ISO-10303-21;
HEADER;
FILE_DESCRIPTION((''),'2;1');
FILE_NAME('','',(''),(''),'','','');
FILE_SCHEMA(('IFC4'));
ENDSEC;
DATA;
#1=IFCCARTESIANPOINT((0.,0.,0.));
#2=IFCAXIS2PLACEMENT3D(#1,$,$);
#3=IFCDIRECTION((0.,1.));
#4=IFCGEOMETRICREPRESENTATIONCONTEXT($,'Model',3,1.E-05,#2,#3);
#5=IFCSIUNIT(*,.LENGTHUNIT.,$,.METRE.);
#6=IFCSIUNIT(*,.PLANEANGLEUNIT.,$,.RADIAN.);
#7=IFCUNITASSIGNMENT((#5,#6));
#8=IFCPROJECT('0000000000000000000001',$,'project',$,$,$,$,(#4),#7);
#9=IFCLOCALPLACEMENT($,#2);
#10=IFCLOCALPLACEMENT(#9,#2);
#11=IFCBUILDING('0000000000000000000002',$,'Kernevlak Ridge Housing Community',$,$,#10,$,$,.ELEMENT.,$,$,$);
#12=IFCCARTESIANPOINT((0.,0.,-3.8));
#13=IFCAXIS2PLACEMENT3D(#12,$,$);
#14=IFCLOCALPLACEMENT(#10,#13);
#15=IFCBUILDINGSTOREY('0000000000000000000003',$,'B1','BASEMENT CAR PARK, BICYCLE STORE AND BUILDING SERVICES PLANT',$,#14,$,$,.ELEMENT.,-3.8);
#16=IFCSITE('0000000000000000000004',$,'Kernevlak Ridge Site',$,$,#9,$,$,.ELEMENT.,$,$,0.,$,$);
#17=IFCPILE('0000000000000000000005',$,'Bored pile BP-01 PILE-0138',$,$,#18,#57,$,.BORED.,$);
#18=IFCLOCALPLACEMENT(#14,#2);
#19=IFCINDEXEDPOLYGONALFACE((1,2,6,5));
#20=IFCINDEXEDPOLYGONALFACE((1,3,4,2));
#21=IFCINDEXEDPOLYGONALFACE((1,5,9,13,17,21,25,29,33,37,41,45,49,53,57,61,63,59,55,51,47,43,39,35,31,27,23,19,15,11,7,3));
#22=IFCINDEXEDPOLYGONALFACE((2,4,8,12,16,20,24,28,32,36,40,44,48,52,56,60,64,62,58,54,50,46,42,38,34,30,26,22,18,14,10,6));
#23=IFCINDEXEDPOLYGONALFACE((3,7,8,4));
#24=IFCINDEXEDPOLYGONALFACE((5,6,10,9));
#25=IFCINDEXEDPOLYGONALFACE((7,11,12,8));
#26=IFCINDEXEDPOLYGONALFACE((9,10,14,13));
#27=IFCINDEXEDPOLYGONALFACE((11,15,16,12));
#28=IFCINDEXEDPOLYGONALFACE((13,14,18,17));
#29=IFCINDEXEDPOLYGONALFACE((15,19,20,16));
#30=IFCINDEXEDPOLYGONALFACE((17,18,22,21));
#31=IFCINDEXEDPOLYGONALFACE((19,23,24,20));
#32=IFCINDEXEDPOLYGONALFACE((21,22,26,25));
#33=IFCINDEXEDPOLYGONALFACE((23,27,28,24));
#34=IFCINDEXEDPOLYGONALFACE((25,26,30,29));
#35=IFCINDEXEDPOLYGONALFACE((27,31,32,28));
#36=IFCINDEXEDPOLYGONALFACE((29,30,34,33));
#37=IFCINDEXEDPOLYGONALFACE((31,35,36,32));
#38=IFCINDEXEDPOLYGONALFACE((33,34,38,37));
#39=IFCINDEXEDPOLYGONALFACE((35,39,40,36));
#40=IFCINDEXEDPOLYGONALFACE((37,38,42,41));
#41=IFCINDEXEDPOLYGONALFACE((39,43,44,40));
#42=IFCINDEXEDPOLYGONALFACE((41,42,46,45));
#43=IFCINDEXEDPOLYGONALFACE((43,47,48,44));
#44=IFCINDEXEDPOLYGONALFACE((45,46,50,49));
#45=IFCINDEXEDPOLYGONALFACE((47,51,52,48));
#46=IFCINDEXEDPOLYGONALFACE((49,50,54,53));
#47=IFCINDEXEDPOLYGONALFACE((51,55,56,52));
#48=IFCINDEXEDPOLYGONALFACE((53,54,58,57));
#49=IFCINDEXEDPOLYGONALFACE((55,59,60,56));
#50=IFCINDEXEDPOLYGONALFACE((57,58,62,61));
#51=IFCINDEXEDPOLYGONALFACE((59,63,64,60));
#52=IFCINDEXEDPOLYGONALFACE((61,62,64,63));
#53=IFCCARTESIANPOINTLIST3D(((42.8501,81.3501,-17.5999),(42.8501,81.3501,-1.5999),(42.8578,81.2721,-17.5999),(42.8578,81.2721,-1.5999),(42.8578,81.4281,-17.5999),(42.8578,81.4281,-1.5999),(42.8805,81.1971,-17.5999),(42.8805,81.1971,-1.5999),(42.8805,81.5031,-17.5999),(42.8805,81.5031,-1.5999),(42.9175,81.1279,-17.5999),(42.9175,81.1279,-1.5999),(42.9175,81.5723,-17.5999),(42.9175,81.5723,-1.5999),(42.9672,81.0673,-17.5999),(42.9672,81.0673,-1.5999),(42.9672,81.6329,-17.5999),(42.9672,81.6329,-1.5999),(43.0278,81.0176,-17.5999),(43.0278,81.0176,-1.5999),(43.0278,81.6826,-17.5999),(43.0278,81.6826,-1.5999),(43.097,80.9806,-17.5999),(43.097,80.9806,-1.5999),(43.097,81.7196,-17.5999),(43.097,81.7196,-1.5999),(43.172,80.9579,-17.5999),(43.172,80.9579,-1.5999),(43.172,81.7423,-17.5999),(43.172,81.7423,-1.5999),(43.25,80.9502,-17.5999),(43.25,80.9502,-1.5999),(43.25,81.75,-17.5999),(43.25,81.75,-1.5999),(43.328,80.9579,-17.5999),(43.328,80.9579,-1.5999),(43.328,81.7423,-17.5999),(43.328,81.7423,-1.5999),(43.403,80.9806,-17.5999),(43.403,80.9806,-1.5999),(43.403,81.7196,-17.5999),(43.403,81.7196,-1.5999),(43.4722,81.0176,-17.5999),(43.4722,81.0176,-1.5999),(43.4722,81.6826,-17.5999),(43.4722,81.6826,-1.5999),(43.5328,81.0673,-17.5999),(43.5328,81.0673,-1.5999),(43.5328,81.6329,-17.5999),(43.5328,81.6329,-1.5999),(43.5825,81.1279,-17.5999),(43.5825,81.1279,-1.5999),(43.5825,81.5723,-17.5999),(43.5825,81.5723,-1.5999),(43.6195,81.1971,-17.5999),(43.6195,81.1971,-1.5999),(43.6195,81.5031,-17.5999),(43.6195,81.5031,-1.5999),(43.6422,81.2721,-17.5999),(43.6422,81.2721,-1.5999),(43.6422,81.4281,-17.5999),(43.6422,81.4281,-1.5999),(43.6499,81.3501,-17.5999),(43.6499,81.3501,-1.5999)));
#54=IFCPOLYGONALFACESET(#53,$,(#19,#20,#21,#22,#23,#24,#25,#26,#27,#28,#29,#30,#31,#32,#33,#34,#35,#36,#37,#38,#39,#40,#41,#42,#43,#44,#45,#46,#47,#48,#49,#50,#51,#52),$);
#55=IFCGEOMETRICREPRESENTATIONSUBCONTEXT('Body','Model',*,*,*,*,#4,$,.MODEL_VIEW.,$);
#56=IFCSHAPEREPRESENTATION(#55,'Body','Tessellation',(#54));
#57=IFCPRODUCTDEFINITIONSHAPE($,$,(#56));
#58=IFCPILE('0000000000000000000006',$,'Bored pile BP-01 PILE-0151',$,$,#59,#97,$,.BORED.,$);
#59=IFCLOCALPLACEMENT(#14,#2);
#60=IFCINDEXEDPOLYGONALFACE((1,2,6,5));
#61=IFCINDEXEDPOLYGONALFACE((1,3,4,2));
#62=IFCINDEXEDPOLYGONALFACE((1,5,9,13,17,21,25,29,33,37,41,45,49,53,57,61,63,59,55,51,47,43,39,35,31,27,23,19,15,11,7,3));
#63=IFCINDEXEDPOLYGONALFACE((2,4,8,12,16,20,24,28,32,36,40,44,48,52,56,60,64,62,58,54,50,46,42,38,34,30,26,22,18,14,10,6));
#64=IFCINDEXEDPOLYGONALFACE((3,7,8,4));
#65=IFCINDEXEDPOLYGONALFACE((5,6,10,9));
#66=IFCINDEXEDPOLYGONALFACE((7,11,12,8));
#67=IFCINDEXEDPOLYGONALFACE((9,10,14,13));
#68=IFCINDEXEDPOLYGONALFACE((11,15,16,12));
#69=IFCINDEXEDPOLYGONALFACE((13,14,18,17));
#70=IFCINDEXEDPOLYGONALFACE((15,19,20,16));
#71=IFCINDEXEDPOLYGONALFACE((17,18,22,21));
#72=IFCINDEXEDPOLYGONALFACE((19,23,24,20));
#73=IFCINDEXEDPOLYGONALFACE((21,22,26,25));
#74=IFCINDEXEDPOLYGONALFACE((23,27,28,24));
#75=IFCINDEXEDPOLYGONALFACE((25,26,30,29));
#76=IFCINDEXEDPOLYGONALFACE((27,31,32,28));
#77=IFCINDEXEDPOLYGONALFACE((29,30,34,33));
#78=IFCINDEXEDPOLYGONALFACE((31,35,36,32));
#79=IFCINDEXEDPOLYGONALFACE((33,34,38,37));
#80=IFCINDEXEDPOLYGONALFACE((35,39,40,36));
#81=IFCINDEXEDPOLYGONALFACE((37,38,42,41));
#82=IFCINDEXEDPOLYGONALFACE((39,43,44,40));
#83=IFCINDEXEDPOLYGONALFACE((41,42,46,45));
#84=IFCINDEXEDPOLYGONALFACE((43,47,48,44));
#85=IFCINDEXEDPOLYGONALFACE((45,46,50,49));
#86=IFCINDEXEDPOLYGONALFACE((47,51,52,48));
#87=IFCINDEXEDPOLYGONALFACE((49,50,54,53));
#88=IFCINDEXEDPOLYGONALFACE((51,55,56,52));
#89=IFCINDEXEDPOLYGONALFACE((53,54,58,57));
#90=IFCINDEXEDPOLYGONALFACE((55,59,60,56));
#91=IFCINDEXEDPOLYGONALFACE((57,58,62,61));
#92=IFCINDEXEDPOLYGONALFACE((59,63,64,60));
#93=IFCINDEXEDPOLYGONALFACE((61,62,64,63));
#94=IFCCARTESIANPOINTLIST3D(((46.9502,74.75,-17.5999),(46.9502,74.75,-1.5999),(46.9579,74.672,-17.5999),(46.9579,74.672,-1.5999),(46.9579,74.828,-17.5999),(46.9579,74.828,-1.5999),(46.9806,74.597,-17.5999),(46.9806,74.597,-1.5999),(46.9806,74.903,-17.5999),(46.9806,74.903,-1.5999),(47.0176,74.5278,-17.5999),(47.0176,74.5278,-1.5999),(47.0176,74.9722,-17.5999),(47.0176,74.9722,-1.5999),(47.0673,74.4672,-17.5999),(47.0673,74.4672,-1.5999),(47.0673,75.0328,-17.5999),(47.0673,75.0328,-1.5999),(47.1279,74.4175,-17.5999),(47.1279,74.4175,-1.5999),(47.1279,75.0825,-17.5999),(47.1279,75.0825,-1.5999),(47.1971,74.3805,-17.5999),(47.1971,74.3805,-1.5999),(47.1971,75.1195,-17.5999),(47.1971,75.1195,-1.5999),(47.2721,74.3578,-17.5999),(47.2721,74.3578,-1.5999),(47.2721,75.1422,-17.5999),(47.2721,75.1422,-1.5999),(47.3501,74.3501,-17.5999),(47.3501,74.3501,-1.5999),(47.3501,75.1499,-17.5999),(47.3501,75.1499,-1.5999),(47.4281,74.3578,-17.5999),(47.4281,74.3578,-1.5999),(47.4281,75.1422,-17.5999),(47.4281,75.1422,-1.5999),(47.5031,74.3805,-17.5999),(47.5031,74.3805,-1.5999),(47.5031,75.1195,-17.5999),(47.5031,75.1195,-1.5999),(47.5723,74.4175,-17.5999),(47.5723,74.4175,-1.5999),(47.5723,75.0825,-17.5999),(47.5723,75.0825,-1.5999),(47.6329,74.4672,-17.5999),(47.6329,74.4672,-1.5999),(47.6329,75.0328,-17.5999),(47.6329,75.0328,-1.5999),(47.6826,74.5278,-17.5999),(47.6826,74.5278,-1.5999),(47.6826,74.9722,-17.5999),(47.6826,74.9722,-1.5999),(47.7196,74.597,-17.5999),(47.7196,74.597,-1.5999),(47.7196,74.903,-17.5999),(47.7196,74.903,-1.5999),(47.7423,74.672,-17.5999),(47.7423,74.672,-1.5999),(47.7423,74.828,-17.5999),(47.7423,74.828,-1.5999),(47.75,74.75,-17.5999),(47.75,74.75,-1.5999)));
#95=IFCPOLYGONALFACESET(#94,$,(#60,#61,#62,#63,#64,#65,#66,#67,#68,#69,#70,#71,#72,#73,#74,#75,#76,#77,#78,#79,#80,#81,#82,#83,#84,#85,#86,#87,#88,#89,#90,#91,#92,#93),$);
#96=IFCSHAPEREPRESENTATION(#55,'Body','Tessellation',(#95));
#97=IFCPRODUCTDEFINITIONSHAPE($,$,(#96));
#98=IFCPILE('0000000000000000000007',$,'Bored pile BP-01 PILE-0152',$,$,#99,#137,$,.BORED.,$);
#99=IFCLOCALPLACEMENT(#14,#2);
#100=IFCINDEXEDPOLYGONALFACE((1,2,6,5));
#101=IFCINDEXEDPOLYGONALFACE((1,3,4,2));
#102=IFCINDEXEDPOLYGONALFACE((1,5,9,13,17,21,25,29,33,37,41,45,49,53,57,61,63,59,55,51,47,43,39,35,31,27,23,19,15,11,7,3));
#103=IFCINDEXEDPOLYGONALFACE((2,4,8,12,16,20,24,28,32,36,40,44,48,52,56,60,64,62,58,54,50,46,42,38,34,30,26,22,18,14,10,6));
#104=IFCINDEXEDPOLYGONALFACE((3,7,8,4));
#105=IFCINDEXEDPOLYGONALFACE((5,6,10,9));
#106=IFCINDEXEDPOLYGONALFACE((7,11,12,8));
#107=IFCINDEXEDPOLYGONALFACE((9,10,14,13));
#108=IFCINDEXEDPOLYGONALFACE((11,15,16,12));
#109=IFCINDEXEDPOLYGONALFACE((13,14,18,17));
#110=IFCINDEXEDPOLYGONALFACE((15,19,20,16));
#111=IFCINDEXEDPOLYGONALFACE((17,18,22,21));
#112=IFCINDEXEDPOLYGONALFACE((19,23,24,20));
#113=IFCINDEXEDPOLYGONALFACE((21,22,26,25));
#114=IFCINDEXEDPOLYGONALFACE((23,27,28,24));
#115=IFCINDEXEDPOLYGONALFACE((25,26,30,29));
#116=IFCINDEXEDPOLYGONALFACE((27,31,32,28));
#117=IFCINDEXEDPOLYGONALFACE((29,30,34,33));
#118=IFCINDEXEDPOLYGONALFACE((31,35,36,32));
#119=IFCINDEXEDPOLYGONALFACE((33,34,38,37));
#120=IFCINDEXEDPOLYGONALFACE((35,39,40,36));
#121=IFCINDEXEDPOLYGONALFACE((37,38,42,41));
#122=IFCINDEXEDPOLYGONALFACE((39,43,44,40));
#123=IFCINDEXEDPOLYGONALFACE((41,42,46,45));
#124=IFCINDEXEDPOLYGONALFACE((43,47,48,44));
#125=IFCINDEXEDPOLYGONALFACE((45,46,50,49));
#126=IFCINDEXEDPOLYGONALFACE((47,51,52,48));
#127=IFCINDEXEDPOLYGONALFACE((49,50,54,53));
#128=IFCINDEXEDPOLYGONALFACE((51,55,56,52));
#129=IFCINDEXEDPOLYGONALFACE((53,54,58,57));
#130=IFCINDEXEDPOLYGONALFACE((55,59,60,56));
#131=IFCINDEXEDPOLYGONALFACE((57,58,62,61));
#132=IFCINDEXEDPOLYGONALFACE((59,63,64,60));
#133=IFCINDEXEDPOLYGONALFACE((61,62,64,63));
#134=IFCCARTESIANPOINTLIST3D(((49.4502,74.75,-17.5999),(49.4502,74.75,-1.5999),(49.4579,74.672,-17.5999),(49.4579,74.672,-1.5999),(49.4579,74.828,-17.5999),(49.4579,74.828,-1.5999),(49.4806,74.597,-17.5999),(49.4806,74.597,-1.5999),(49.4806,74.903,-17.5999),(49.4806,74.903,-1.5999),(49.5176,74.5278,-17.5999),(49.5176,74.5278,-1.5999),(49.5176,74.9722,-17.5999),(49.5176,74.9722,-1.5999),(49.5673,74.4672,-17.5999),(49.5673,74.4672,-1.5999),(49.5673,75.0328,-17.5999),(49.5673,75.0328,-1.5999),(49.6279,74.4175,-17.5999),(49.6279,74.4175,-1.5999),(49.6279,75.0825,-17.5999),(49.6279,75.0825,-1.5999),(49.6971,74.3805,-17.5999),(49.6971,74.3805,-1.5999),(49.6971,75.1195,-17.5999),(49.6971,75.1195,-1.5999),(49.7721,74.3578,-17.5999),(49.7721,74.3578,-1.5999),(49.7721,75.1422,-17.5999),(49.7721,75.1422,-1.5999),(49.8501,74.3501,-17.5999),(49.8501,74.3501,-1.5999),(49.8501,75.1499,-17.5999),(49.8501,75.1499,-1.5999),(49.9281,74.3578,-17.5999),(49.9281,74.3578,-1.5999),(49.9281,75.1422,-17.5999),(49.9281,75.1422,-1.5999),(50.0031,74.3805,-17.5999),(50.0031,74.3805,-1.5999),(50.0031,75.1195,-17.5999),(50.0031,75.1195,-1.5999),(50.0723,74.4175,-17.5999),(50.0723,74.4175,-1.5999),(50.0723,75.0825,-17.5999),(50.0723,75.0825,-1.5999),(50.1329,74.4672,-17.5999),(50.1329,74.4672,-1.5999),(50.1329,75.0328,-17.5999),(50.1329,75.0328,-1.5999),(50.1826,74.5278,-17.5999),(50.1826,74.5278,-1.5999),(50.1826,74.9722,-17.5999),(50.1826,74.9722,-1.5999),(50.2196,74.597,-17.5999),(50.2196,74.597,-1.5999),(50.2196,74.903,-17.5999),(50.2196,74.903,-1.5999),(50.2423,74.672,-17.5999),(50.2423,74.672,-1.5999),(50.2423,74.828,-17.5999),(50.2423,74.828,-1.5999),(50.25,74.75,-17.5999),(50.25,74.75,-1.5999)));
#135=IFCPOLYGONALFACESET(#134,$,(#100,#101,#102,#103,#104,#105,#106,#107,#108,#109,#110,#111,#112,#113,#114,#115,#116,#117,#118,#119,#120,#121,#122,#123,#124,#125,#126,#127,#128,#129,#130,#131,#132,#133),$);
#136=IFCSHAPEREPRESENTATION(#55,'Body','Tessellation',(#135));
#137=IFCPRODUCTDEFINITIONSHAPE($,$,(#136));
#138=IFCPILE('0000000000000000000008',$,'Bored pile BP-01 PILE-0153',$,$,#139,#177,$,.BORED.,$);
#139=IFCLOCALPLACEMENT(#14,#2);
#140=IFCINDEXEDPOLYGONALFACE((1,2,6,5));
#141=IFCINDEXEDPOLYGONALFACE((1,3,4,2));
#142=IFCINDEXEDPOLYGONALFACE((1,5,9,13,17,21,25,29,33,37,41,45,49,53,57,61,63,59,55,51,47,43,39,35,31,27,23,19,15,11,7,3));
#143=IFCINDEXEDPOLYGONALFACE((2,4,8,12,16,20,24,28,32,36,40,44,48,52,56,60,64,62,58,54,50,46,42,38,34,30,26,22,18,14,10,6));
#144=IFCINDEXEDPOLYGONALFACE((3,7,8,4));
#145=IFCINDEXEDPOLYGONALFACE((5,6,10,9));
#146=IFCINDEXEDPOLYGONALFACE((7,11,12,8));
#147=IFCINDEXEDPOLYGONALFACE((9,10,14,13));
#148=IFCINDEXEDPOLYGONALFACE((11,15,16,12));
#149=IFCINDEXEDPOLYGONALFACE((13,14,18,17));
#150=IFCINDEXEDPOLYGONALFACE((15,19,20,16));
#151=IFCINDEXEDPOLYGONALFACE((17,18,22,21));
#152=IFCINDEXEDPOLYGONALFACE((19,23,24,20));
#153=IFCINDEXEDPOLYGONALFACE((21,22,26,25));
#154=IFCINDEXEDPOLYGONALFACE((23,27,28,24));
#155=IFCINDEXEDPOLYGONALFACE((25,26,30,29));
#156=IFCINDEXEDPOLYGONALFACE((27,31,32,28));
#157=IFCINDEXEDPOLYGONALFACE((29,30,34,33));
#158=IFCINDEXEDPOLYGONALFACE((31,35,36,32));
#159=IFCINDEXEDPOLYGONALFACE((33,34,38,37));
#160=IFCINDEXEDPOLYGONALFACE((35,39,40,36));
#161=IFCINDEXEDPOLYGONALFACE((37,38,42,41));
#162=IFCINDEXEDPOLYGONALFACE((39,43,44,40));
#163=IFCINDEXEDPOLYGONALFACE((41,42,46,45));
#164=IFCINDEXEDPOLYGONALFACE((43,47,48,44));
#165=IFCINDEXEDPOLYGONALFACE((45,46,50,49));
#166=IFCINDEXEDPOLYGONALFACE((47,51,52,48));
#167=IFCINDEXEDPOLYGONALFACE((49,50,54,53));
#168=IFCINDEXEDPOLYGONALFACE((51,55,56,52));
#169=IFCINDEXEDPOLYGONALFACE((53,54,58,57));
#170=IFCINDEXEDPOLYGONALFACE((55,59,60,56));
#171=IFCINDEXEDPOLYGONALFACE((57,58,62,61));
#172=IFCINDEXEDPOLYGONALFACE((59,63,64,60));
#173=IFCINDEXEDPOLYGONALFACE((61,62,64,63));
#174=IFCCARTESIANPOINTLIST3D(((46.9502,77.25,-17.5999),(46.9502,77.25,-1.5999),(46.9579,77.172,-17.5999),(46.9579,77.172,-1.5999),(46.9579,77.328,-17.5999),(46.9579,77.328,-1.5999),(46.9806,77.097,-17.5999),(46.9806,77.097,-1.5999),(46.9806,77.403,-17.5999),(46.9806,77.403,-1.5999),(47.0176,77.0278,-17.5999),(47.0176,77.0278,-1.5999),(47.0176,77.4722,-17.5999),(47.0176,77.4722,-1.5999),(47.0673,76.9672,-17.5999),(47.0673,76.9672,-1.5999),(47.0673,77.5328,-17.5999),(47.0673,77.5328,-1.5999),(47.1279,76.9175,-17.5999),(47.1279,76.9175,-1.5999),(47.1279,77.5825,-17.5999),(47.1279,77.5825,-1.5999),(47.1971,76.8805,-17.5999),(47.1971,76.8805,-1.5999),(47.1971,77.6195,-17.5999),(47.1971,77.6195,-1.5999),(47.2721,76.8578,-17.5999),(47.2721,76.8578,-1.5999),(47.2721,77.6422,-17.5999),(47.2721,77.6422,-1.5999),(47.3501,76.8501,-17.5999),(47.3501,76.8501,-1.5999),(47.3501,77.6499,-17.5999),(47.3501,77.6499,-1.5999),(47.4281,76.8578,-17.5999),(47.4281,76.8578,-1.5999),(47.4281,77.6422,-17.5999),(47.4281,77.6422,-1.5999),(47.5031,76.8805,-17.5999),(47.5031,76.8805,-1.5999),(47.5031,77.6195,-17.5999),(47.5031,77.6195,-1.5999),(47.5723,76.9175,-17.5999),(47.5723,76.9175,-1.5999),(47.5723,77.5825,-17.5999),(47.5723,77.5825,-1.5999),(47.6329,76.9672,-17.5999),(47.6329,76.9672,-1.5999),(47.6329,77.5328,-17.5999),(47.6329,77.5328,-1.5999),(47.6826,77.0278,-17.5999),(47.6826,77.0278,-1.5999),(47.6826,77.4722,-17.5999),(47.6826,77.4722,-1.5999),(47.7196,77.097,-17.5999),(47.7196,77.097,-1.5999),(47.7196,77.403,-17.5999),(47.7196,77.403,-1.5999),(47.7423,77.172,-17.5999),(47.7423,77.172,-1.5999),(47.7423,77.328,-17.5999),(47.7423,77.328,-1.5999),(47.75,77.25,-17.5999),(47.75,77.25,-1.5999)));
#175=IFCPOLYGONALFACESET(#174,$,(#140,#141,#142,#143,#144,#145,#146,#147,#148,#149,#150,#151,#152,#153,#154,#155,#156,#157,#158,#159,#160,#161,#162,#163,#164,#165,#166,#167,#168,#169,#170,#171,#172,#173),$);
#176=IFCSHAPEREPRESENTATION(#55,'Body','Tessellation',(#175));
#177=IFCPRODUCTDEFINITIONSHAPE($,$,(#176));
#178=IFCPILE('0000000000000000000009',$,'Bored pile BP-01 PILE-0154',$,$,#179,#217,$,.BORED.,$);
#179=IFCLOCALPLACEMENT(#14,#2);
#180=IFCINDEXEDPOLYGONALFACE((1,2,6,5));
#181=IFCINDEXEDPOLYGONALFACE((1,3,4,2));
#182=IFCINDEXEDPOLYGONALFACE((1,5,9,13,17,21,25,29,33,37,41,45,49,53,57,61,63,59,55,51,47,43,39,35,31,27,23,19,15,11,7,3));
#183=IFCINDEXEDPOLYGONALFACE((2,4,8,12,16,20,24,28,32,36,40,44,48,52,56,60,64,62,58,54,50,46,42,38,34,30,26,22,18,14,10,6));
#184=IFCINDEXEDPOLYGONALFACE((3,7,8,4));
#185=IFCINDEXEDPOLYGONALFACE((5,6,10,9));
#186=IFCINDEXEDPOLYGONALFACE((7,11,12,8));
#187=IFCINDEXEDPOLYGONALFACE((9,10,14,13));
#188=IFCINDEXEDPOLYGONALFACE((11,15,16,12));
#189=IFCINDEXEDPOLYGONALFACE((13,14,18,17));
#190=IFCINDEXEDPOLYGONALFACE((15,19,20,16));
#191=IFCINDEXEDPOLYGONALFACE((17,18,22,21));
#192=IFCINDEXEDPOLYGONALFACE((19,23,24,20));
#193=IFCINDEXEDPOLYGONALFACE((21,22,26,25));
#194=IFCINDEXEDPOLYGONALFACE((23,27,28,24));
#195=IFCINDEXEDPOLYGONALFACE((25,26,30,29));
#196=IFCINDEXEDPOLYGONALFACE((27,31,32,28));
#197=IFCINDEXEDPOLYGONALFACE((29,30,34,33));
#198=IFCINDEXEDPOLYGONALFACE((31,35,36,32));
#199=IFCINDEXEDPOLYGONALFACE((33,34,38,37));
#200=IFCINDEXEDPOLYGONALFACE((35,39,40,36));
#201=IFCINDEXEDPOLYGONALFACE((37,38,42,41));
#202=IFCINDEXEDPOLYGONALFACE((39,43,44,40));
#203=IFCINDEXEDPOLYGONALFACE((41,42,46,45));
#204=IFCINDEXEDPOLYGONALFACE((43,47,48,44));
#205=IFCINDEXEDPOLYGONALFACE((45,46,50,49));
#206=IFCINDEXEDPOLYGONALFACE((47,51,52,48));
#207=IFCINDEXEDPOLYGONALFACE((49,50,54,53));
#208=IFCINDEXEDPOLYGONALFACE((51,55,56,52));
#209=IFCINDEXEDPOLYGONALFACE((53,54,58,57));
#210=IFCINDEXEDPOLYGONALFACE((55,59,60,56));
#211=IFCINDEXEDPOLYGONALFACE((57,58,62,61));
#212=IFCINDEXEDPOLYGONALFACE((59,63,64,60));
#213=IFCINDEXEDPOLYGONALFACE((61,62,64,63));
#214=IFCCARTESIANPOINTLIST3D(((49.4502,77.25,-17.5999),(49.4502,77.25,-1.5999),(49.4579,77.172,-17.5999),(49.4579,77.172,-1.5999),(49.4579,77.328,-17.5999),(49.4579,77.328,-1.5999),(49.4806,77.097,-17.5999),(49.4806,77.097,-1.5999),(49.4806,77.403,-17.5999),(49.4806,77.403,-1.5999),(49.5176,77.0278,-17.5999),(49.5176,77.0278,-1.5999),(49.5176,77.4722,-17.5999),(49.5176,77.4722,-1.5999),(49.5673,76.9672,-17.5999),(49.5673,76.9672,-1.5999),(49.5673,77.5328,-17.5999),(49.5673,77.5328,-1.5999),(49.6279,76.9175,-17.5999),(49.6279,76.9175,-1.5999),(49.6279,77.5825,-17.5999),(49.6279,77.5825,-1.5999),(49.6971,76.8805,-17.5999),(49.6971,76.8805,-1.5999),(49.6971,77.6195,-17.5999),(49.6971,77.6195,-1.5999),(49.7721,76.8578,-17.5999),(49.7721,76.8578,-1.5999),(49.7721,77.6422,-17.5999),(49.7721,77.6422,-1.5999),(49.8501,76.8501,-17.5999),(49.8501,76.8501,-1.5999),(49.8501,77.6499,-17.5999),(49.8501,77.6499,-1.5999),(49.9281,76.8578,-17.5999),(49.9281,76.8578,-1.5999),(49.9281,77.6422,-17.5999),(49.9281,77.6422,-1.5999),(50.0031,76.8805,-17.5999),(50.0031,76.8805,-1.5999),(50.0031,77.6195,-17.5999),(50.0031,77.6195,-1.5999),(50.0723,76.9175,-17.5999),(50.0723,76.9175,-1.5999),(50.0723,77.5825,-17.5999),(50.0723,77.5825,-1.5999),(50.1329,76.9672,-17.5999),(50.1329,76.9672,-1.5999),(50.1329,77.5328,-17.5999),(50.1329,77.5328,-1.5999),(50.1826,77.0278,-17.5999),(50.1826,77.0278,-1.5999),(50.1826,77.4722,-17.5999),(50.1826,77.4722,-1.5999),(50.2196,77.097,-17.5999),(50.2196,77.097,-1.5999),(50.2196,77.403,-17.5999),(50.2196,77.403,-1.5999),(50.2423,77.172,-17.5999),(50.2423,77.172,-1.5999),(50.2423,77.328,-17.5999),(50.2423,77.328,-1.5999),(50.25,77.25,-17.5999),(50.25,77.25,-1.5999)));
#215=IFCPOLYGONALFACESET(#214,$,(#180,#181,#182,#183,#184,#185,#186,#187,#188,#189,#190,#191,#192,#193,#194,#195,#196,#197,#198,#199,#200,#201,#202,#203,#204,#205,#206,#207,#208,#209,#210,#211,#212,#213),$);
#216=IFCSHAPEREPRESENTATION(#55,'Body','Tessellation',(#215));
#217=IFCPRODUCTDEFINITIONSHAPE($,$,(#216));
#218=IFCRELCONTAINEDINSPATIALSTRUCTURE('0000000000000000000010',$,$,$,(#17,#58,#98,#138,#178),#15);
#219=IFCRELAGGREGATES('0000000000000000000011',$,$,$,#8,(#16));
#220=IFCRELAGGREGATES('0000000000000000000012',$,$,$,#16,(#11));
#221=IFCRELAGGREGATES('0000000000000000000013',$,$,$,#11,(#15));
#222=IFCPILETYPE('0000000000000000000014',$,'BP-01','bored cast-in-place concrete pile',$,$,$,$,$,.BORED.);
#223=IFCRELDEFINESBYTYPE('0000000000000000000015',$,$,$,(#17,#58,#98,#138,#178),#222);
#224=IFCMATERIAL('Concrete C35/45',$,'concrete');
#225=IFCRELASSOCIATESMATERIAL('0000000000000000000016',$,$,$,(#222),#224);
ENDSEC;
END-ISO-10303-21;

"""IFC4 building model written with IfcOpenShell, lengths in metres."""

from ifc_helpers import new_model, si_unit, direction, frame, origin, origin_2d, place, context, subcontext, project, spatial, circle, extrude, material, material_profile, profile_set, type_object, element, save


model = new_model("IFC4")

# Units and contexts
model_context = context("Model", 3, precision=1e-05, world=origin(), true_north=direction((0.0, 1.0)))
body_context = subcontext(model_context, "Body", "Model", "MODEL_VIEW")
ifc_project = project(units=[si_unit("LENGTHUNIT", "METRE"), si_unit("PLANEANGLEUNIT", "RADIAN")], contexts=[model_context])

# Site, building, storey
site_placement = place(None, origin())
site = spatial("IfcSite", under=ifc_project, at=site_placement, Name="Kernevlak Ridge Site", CompositionType="ELEMENT", RefElevation=0.0)
building_placement = place(site_placement, origin())
building = spatial("IfcBuilding", under=site, at=building_placement, Name="Kernevlak Ridge Housing Community", CompositionType="ELEMENT")
storey_placement = place(building_placement, frame((0.0, 0.0, -3.8)))
storey = spatial("IfcBuildingStorey", under=building, at=storey_placement, Name="B1", Description="BASEMENT CAR PARK, BICYCLE STORE AND BUILDING SERVICES PLANT", CompositionType="ELEMENT", Elevation=-3.8)

# Piles
ifc_material_1 = material(Name="Concrete C35/45", Category="concrete")
ifc_material_profile_1 = material_profile(ifc_material_1, circle(Radius=0.3999, at=origin_2d()), Name="BORED PILE 800")
ifc_profile_set_1 = profile_set([ifc_material_profile_1], Name="Concrete C35/45")
pile_type = type_object("IfcPileType", Name="BP-01", Description="bored cast-in-place concrete pile", PredefinedType="BORED", material=ifc_profile_set_1)
for number, where, z_axis, x_axis, name in (
    (1, (43.25, 81.3501, -1.5999), (0.0, 0.0, -1.0), (1.0, 0.0, 0.0), "Bored pile BP-01 PILE-0138"),
    (2, (47.3501, 74.75, -1.5999), (0.0, 0.0, -1.0), (1.0, 0.0, 0.0), "Bored pile BP-01 PILE-0151"),
    (3, (49.8501, 74.75, -1.5999), (0.0, 0.0, -1.0), (1.0, 0.0, 0.0), "Bored pile BP-01 PILE-0152"),
    (4, (47.3501, 77.25, -1.5999), (0.0, 0.0, -1.0), (1.0, 0.0, 0.0), "Bored pile BP-01 PILE-0153"),
    (5, (49.8501, 77.25, -1.5999), (0.0, 0.0, -1.0), (1.0, 0.0, 0.0), "Bored pile BP-01 PILE-0154"),
):
    element("IfcPile", number, at=place(storey_placement, frame(where, z_axis=z_axis, x_axis=x_axis)), inside=storey, type_object=pile_type, Name=name, PredefinedType="BORED", context=body_context, shape_type="SweptSolid", body=[
        extrude(circle(Radius=0.3999, at=origin_2d()), origin(), (0.0, 0.0, 1.0), 16.0),
    ])

save(model, "model.ifc")
